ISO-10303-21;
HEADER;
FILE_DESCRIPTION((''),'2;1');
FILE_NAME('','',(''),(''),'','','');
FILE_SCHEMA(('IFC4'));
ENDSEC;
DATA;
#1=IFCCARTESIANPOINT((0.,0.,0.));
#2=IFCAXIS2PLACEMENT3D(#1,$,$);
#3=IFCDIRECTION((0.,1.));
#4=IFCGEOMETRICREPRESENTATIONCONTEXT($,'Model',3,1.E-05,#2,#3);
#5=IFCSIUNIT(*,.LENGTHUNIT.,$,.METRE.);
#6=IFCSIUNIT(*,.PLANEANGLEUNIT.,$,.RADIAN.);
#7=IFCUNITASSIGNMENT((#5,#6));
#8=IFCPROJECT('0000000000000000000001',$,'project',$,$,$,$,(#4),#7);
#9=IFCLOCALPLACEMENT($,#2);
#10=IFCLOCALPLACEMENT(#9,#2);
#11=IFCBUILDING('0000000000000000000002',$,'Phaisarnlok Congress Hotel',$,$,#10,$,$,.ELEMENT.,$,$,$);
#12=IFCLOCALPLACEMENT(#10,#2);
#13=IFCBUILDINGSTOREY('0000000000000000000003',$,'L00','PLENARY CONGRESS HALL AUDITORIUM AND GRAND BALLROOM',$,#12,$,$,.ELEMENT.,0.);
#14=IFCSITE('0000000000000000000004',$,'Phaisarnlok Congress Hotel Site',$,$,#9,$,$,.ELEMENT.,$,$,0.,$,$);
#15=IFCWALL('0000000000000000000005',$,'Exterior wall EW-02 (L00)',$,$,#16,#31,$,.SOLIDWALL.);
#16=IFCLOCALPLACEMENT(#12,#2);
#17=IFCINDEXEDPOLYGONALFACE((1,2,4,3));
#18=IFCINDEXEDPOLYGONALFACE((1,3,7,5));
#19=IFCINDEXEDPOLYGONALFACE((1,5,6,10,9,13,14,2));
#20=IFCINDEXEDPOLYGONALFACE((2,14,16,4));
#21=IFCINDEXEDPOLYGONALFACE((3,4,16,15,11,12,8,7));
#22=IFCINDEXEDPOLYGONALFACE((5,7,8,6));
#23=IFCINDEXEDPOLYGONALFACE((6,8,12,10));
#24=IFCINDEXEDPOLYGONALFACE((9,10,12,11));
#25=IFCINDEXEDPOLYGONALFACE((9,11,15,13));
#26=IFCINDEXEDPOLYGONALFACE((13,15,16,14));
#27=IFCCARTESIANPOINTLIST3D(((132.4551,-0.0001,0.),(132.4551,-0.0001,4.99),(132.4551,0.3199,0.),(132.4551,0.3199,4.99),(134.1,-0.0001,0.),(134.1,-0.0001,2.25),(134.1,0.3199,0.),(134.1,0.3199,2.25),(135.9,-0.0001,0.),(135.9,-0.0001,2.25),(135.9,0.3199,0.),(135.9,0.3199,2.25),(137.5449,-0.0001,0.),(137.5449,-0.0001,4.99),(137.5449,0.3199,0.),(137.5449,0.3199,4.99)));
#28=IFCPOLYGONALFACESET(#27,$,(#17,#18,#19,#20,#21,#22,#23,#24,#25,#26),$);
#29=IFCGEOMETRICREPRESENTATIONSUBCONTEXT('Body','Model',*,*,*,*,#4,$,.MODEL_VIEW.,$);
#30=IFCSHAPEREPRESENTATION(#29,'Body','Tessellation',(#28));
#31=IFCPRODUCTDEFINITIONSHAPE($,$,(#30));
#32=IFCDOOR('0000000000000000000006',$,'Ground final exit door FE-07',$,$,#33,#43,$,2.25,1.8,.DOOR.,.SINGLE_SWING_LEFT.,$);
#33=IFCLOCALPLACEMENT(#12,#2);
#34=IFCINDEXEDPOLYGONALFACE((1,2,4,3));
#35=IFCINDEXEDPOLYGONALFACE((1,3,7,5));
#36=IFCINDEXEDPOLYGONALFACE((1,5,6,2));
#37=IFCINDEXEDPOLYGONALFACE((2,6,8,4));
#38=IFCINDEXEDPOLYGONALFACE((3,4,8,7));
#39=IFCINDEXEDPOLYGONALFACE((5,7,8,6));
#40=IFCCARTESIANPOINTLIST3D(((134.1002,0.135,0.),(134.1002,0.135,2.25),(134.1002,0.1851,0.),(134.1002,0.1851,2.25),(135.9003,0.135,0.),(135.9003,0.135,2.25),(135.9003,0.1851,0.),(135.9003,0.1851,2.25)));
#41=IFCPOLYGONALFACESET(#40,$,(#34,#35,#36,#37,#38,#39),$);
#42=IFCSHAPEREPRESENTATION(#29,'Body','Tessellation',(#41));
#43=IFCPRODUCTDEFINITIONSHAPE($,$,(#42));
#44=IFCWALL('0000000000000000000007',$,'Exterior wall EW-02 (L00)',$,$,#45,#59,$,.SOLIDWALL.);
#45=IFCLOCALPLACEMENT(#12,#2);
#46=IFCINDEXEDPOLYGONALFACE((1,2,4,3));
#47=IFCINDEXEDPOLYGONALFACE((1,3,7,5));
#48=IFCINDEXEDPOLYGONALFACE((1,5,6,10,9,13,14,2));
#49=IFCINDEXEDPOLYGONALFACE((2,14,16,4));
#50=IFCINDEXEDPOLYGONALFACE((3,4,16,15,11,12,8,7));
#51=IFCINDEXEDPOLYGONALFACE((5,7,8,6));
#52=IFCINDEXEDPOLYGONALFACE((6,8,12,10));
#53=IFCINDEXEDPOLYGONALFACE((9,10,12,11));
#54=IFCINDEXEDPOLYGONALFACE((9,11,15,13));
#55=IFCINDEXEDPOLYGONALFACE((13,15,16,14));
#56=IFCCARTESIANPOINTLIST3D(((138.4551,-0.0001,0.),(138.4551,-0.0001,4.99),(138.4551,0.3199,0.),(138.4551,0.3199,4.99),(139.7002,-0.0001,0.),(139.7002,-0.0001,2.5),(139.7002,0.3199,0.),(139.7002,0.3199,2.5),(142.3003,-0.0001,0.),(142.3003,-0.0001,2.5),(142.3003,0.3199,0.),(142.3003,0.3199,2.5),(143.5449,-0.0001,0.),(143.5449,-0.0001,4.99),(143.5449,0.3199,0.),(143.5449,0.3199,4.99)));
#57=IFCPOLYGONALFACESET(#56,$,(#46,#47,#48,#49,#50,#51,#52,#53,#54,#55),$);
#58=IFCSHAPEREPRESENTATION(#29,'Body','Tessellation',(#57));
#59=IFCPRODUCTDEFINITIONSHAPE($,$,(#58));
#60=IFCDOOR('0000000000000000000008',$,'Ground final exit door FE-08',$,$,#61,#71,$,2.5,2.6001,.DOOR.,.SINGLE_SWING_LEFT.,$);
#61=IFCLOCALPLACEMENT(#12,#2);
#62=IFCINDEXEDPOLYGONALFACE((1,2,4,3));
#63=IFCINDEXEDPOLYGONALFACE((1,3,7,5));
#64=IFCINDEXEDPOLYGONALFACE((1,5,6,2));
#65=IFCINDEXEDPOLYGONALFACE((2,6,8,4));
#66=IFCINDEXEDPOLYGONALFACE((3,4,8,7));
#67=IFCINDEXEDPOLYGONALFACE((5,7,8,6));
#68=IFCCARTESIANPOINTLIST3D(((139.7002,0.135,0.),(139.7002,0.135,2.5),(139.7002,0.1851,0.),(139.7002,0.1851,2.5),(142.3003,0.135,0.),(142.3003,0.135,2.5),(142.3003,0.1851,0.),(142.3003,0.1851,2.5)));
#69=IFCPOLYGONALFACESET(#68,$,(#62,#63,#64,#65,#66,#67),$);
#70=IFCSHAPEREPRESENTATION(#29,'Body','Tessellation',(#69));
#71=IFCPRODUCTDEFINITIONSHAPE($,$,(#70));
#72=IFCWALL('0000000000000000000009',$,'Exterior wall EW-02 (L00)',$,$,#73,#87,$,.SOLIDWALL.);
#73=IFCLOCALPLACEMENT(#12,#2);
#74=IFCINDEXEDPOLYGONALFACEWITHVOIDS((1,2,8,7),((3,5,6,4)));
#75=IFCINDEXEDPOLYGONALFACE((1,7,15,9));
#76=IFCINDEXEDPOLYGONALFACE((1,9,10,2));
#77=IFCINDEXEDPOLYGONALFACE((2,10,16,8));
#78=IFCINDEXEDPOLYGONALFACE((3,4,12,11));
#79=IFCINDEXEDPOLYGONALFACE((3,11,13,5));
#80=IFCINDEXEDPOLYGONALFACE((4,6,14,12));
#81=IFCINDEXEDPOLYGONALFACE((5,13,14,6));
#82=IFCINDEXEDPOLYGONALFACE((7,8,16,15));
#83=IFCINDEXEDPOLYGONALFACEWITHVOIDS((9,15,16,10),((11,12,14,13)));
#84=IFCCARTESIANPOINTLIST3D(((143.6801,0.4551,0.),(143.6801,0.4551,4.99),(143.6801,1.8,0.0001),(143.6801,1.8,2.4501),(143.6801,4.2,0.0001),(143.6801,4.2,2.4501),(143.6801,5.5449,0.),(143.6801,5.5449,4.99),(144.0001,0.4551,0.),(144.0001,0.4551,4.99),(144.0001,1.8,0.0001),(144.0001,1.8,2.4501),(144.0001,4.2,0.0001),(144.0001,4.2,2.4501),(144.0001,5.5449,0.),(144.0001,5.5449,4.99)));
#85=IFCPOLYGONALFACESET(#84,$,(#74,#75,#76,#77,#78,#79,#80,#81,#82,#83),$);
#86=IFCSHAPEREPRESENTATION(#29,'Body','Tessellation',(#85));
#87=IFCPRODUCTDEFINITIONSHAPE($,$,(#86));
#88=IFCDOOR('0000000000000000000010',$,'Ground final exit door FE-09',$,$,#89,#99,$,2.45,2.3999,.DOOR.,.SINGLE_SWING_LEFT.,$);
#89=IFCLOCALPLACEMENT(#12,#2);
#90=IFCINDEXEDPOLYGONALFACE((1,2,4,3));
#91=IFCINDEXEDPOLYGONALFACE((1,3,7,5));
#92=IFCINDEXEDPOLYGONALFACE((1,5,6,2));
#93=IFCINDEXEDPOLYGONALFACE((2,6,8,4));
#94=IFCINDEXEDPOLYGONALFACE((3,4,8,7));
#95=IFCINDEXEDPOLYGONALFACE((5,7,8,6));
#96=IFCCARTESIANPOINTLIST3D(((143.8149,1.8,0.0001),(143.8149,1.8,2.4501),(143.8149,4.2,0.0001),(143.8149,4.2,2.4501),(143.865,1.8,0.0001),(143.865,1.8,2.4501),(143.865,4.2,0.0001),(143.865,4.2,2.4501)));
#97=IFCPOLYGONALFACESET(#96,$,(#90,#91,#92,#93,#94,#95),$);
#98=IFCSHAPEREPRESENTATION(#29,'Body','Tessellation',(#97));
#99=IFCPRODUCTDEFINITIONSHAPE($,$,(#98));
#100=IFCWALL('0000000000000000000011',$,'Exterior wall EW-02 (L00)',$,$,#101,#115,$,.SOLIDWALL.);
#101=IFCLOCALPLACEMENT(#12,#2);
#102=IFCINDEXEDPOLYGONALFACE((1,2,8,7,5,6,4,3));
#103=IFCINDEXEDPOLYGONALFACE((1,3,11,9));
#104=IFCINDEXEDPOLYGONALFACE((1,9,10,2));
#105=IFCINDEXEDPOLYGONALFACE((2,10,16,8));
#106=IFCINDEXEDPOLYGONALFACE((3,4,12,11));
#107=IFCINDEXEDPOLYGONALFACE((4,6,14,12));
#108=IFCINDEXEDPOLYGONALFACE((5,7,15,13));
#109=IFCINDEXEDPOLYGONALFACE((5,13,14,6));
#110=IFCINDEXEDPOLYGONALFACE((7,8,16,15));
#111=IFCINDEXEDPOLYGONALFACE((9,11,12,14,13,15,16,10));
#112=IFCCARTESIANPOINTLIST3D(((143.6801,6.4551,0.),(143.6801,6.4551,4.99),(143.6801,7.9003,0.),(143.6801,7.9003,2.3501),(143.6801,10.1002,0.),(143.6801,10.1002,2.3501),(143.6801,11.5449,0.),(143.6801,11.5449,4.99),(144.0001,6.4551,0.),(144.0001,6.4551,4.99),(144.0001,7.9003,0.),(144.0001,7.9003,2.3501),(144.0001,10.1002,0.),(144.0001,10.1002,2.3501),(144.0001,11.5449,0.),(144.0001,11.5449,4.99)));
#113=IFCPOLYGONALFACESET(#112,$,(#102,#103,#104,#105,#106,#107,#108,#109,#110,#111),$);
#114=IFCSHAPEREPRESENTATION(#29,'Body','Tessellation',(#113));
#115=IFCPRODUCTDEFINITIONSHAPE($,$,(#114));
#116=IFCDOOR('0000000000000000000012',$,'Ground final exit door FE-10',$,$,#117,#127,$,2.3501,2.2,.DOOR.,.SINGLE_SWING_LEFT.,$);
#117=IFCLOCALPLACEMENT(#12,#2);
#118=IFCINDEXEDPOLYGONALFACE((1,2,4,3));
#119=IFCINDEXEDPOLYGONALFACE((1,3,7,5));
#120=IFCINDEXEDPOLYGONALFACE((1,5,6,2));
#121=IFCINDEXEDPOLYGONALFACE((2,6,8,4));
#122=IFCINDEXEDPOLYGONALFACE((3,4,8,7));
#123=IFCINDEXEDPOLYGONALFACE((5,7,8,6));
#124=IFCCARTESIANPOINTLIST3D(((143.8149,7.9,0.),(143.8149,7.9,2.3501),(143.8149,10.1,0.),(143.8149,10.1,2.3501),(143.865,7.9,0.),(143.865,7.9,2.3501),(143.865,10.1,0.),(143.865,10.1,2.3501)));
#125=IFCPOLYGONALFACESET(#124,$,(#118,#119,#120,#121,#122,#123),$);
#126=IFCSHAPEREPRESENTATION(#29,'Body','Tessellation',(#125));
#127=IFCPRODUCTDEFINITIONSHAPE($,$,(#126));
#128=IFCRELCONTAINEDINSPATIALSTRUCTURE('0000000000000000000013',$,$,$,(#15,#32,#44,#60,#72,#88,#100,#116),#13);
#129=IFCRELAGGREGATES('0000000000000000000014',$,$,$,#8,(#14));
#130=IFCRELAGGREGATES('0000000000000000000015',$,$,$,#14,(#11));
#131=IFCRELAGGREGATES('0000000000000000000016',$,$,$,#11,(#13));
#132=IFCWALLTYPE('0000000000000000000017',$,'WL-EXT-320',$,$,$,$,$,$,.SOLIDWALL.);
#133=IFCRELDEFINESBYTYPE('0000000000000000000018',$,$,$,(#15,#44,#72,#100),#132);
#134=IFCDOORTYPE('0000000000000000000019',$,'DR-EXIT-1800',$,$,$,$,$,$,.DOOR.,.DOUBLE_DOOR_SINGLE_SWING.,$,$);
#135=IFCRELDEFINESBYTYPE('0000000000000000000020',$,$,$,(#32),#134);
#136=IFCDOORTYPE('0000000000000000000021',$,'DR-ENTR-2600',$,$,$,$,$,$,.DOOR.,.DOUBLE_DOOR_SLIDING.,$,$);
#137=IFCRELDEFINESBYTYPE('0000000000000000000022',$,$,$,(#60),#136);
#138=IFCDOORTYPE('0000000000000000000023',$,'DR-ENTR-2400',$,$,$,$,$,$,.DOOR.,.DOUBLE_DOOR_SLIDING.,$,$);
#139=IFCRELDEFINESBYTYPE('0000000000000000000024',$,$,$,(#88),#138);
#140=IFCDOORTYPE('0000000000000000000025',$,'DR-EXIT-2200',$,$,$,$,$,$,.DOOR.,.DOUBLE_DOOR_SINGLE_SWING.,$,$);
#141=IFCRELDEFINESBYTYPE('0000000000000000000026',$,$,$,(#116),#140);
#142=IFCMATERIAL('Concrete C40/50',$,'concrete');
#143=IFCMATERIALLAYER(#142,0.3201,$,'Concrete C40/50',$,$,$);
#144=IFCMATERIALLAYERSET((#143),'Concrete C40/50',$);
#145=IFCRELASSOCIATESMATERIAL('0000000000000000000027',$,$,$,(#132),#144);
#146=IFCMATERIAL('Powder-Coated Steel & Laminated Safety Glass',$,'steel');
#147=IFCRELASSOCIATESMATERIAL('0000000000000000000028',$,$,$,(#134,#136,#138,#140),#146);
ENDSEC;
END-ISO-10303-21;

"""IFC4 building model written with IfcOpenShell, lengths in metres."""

from ifc_helpers import new_model, si_unit, direction, frame, frame_2d, origin, place, context, subcontext, project, spatial, rectangle, extrude, material, layer, layer_set, type_object, element, fill, save


model = new_model("IFC4")

# Units and contexts
model_context = context("Model", 3, precision=1e-05, world=origin(), true_north=direction((0.0, 1.0)))
body_context = subcontext(model_context, "Body", "Model", "MODEL_VIEW")
ifc_project = project(units=[si_unit("LENGTHUNIT", "METRE"), si_unit("PLANEANGLEUNIT", "RADIAN")], contexts=[model_context])

# Site, building, storey
site_placement = place(None, origin())
site = spatial("IfcSite", under=ifc_project, at=site_placement, Name="Phaisarnlok Congress Hotel Site", CompositionType="ELEMENT", RefElevation=0.0)
building_placement = place(site_placement, origin())
building = spatial("IfcBuilding", under=site, at=building_placement, Name="Phaisarnlok Congress Hotel", CompositionType="ELEMENT")
storey_placement = place(building_placement, origin())
storey = spatial("IfcBuildingStorey", under=building, at=storey_placement, Name="L00", Description="PLENARY CONGRESS HALL AUDITORIUM AND GRAND BALLROOM", CompositionType="ELEMENT", Elevation=0.0)

# Shared definitions
ifc_material_1 = material(Name="Concrete C40/50", Category="concrete")

# Walls, openings, doors
ifc_layer = layer(ifc_material_1, 0.3201, Name="Concrete C40/50")
ifc_layer_set = layer_set([ifc_layer], Name="Concrete C40/50")
wall_type = type_object("IfcWallType", Name="WL-EXT-320", PredefinedType="SOLIDWALL", material=ifc_layer_set)
ifc_material_2 = material(Name="Powder-Coated Steel & Laminated Safety Glass", Category="steel")
wall_1_placement = place(storey_placement, frame((132.4551, 0.1599, 0.0), z_axis=(0.0, 0.0, 1.0), x_axis=(1.0, 0.0, 0.0)))
wall_1 = element("IfcWall", 1, at=wall_1_placement, inside=storey, type_object=wall_type, Name="Exterior wall EW-02 (L00)", PredefinedType="SOLIDWALL", context=body_context, shape_type="SweptSolid", body=[
    extrude(rectangle(XDim=5.0898, YDim=0.3201, at=frame_2d((2.5449, 0.0))), origin(), (0.0, 0.0, 1.0), 4.99),
])
opening_1_placement = place(wall_1_placement, frame((1.645, 0.0, 0.0)))
opening_1 = element("IfcOpeningElement", 2, at=opening_1_placement, cuts=wall_1, PredefinedType="OPENING", context=body_context, shape_type="SweptSolid", body=[
    extrude(rectangle(XDim=1.8, YDim=2.25, at=frame_2d((0.8999, 1.125))), frame((0.0, 0.1699, 0.0), z_axis=(0.0, -1.0, 0.0), x_axis=(1.0, 0.0, 0.0)), (0.0, 0.0, 1.0), 0.3401),
])
door_type_1 = type_object("IfcDoorType", Name="DR-EXIT-1800", OperationType="DOUBLE_DOOR_SINGLE_SWING", PredefinedType="DOOR", material=ifc_material_2)
door_1_placement = place(opening_1_placement, frame((1.8, 0.0, 0.0), z_axis=(0.0, 0.0, 1.0), x_axis=(-1.0, 0.0, 0.0)))
door_1 = element("IfcDoor", 3, at=door_1_placement, inside=storey, type_object=door_type_1, Name="Ground final exit door FE-07", OperationType="SINGLE_SWING_LEFT", OverallHeight=2.25, OverallWidth=1.8, PredefinedType="DOOR", context=body_context, shape_type="SweptSolid", body=[
    extrude(rectangle(XDim=1.8, YDim=2.25, at=frame_2d((0.8999, 1.125))), frame((0.0, 0.0249, 0.0), z_axis=(0.0, -1.0, 0.0), x_axis=(1.0, 0.0, 0.0)), (0.0, 0.0, 1.0), 0.05),
])
fill(opening_1, door_1)
wall_2_placement = place(storey_placement, frame((138.4551, 0.1599, 0.0), z_axis=(0.0, 0.0, 1.0), x_axis=(1.0, 0.0, 0.0)))
wall_2 = element("IfcWall", 4, at=wall_2_placement, inside=storey, type_object=wall_type, Name="Exterior wall EW-02 (L00)", PredefinedType="SOLIDWALL", context=body_context, shape_type="SweptSolid", body=[
    extrude(rectangle(XDim=5.0898, YDim=0.3201, at=frame_2d((2.5449, 0.0))), origin(), (0.0, 0.0, 1.0), 4.99),
])
opening_2_placement = place(wall_2_placement, frame((1.2451, 0.0, 0.0)))
opening_2 = element("IfcOpeningElement", 5, at=opening_2_placement, cuts=wall_2, PredefinedType="OPENING", context=body_context, shape_type="SweptSolid", body=[
    extrude(rectangle(XDim=2.6001, YDim=2.5, at=frame_2d((1.3, 1.25))), frame((0.0, 0.1699, 0.0), z_axis=(0.0, -1.0, 0.0), x_axis=(1.0, 0.0, 0.0)), (0.0, 0.0, 1.0), 0.3401),
])
door_type_2 = type_object("IfcDoorType", Name="DR-ENTR-2600", OperationType="DOUBLE_DOOR_SLIDING", PredefinedType="DOOR", material=ifc_material_2)
door_2_placement = place(opening_2_placement, frame((2.6001, 0.0, 0.0), z_axis=(0.0, 0.0, 1.0), x_axis=(-1.0, 0.0, 0.0)))
door_2 = element("IfcDoor", 6, at=door_2_placement, inside=storey, type_object=door_type_2, Name="Ground final exit door FE-08", OperationType="SINGLE_SWING_LEFT", OverallHeight=2.5, OverallWidth=2.6001, PredefinedType="DOOR", context=body_context, shape_type="SweptSolid", body=[
    extrude(rectangle(XDim=2.6001, YDim=2.5, at=frame_2d((1.3, 1.25))), frame((0.0, 0.0249, 0.0), z_axis=(0.0, -1.0, 0.0), x_axis=(1.0, 0.0, 0.0)), (0.0, 0.0, 1.0), 0.05),
])
fill(opening_2, door_2)
wall_3_placement = place(storey_placement, frame((143.8401, 0.4551, 0.0), z_axis=(0.0, 0.0, 1.0), x_axis=(0.0, 1.0, 0.0)))
wall_3 = element("IfcWall", 7, at=wall_3_placement, inside=storey, type_object=wall_type, Name="Exterior wall EW-02 (L00)", PredefinedType="SOLIDWALL", context=body_context, shape_type="SweptSolid", body=[
    extrude(rectangle(XDim=5.0898, YDim=0.3201, at=frame_2d((2.5449, 0.0))), origin(), (0.0, 0.0, 1.0), 4.99),
])
opening_3_placement = place(wall_3_placement, frame((1.345, 0.0, 0.0)))
opening_3 = element("IfcOpeningElement", 8, at=opening_3_placement, cuts=wall_3, PredefinedType="OPENING", context=body_context, shape_type="SweptSolid", body=[
    extrude(rectangle(XDim=2.3999, YDim=2.45, at=frame_2d((1.2, 1.2251))), frame((0.0, 0.1699, 0.0), z_axis=(0.0, -1.0, 0.0), x_axis=(1.0, 0.0, 0.0)), (0.0, 0.0, 1.0), 0.3401),
])
door_type_3 = type_object("IfcDoorType", Name="DR-ENTR-2400", OperationType="DOUBLE_DOOR_SLIDING", PredefinedType="DOOR", material=ifc_material_2)
door_3_placement = place(opening_3_placement, frame((2.3999, 0.0, 0.0), z_axis=(0.0, 0.0, 1.0), x_axis=(-1.0, 0.0, 0.0)))
door_3 = element("IfcDoor", 9, at=door_3_placement, inside=storey, type_object=door_type_3, Name="Ground final exit door FE-09", OperationType="SINGLE_SWING_LEFT", OverallHeight=2.45, OverallWidth=2.3999, PredefinedType="DOOR", context=body_context, shape_type="SweptSolid", body=[
    extrude(rectangle(XDim=2.3999, YDim=2.45, at=frame_2d((1.2, 1.2251))), frame((0.0, 0.0249, 0.0), z_axis=(0.0, -1.0, 0.0), x_axis=(1.0, 0.0, 0.0)), (0.0, 0.0, 1.0), 0.05),
])
fill(opening_3, door_3)
wall_4_placement = place(storey_placement, frame((143.8401, 6.4551, 0.0), z_axis=(0.0, 0.0, 1.0), x_axis=(0.0, 1.0, 0.0)))
wall_4 = element("IfcWall", 10, at=wall_4_placement, inside=storey, type_object=wall_type, Name="Exterior wall EW-02 (L00)", PredefinedType="SOLIDWALL", context=body_context, shape_type="SweptSolid", body=[
    extrude(rectangle(XDim=5.0898, YDim=0.3201, at=frame_2d((2.5449, 0.0))), origin(), (0.0, 0.0, 1.0), 4.99),
])
opening_4_placement = place(wall_4_placement, frame((1.4451, 0.0, 0.0)))
opening_4 = element("IfcOpeningElement", 11, at=opening_4_placement, cuts=wall_4, PredefinedType="OPENING", context=body_context, shape_type="SweptSolid", body=[
    extrude(rectangle(XDim=2.2, YDim=2.3501, at=frame_2d((1.1001, 1.175))), frame((0.0, 0.1699, 0.0), z_axis=(0.0, -1.0, 0.0), x_axis=(1.0, 0.0, 0.0)), (0.0, 0.0, 1.0), 0.3401),
])
door_type_4 = type_object("IfcDoorType", Name="DR-EXIT-2200", OperationType="DOUBLE_DOOR_SINGLE_SWING", PredefinedType="DOOR", material=ifc_material_2)
door_4_placement = place(opening_4_placement, frame((2.2, 0.0, 0.0), z_axis=(0.0, 0.0, 1.0), x_axis=(-1.0, 0.0, 0.0)))
door_4 = element("IfcDoor", 12, at=door_4_placement, inside=storey, type_object=door_type_4, Name="Ground final exit door FE-10", OperationType="SINGLE_SWING_LEFT", OverallHeight=2.3501, OverallWidth=2.2, PredefinedType="DOOR", context=body_context, shape_type="SweptSolid", body=[
    extrude(rectangle(XDim=2.2, YDim=2.3501, at=frame_2d((1.1001, 1.175))), frame((0.0, 0.0249, 0.0), z_axis=(0.0, -1.0, 0.0), x_axis=(1.0, 0.0, 0.0)), (0.0, 0.0, 1.0), 0.05),
])
fill(opening_4, door_4)

save(model, "model.ifc")
